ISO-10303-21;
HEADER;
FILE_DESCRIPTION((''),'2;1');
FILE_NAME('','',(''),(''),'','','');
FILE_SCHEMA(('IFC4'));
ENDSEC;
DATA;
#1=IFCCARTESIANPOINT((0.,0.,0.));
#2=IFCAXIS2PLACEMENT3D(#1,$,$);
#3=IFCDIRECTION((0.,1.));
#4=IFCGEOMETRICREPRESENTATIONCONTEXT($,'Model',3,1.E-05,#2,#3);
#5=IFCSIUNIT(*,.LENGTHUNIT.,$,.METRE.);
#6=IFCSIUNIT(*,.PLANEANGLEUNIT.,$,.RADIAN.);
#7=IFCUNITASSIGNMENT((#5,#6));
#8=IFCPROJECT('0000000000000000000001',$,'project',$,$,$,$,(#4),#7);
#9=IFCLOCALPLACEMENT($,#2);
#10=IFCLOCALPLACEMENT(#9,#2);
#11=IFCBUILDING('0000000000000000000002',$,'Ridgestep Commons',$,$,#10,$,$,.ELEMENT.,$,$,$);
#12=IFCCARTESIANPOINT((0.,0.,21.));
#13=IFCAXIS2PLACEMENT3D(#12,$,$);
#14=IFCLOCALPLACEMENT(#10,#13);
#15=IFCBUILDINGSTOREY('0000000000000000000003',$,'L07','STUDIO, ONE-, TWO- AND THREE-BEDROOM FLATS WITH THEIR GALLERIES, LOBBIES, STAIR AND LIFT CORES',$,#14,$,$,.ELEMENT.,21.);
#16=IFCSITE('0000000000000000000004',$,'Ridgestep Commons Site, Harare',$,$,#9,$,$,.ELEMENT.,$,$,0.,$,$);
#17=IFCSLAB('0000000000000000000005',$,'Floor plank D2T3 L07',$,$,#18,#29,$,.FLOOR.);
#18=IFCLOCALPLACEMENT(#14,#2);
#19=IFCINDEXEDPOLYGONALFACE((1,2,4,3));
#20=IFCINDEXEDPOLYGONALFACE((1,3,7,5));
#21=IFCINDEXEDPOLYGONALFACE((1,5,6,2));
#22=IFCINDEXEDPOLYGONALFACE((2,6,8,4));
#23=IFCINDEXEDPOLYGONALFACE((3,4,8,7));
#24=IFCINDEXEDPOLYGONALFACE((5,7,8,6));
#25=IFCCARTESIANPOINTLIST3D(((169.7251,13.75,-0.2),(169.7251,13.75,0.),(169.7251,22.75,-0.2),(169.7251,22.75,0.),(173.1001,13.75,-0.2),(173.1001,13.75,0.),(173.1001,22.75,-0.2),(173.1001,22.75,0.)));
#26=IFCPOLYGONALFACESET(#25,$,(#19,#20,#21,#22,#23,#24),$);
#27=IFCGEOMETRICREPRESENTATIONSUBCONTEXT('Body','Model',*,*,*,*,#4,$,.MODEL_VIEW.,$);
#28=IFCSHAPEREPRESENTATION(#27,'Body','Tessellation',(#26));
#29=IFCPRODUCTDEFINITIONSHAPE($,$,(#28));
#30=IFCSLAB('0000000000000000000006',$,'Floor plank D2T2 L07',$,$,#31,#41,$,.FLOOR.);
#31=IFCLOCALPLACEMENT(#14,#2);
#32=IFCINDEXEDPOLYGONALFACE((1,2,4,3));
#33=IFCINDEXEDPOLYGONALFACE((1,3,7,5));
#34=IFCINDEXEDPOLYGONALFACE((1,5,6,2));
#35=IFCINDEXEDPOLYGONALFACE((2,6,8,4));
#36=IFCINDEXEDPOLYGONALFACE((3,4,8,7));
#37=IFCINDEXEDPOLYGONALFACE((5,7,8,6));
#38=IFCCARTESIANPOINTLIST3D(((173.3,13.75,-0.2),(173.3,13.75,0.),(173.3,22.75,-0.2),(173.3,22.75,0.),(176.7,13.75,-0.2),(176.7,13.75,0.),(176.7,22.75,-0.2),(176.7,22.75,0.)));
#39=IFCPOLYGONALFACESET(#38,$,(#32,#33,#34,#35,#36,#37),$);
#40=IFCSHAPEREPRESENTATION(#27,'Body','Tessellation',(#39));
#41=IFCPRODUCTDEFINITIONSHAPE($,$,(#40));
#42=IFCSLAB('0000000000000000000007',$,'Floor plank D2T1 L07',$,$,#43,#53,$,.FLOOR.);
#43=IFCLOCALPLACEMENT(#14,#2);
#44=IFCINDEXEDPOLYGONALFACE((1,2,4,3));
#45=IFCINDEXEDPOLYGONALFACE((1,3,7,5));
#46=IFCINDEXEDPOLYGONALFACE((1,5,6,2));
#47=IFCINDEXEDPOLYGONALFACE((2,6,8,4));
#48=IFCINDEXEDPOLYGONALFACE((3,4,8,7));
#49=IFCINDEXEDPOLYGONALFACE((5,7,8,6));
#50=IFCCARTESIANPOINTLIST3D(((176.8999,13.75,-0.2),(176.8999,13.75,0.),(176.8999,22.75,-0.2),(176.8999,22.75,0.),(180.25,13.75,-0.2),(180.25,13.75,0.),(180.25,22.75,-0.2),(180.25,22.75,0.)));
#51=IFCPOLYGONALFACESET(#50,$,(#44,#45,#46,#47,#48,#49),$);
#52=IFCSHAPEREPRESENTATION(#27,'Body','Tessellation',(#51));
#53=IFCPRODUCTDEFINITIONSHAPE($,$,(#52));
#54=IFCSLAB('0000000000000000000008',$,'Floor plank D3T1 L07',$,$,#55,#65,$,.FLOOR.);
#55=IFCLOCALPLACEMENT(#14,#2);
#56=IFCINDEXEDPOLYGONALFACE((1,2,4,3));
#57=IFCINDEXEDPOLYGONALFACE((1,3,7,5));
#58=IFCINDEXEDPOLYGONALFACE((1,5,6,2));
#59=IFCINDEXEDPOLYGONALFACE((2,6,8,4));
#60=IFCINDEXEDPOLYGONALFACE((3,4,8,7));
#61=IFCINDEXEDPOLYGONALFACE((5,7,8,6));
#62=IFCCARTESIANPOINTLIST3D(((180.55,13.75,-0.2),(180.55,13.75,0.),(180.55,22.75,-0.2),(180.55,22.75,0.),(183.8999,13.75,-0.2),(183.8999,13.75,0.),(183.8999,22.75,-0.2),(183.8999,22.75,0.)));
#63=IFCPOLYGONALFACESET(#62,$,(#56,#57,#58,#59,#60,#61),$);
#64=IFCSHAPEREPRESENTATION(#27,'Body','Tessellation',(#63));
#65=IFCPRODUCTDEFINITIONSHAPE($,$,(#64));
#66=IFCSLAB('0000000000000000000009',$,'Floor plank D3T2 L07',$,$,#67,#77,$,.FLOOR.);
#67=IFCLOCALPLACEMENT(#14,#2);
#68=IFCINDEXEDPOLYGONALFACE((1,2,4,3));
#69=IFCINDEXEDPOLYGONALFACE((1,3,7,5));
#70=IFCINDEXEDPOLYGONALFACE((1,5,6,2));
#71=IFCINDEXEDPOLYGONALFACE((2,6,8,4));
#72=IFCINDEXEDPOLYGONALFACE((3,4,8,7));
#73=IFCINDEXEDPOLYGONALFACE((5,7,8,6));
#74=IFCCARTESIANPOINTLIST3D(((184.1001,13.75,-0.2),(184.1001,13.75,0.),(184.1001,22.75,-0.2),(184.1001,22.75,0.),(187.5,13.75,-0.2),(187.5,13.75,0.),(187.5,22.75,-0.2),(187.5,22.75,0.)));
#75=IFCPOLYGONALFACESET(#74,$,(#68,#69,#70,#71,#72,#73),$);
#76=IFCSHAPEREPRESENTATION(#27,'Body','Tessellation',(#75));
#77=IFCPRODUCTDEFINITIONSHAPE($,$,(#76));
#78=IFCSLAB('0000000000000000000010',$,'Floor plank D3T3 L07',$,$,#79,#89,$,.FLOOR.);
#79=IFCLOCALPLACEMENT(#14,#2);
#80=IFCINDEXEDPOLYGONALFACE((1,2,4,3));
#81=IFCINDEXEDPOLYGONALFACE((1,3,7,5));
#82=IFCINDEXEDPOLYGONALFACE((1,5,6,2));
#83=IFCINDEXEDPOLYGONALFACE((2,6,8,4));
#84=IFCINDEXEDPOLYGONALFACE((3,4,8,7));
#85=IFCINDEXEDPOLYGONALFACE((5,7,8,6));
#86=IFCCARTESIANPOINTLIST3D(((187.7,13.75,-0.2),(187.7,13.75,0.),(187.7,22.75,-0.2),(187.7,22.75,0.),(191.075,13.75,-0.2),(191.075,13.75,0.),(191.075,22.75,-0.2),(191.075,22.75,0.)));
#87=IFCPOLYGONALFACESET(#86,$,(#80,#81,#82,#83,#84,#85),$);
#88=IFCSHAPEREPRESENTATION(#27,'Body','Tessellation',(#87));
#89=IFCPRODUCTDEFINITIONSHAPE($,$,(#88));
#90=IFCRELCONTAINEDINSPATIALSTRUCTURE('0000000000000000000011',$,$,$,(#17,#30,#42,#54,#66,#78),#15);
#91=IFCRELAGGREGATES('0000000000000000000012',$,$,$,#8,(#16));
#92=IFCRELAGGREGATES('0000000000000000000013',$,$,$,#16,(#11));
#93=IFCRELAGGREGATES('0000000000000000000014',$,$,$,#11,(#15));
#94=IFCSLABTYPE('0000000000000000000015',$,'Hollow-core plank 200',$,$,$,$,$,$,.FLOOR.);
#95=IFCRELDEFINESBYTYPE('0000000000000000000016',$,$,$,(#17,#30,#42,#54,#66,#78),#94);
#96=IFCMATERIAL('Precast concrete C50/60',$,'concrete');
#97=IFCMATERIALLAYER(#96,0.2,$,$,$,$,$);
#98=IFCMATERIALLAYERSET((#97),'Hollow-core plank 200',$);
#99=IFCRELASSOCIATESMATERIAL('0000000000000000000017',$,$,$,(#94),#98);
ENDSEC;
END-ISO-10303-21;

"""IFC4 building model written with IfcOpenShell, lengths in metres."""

from ifc_helpers import new_model, si_unit, direction, frame, origin, place, context, subcontext, project, spatial, polyline, outline, extrude, material, layer, layer_set, type_object, element, save


model = new_model("IFC4")

# Units and contexts
model_context = context("Model", 3, precision=1e-05, world=origin(), true_north=direction((0.0, 1.0)))
body_context = subcontext(model_context, "Body", "Model", "MODEL_VIEW")
ifc_project = project(units=[si_unit("LENGTHUNIT", "METRE"), si_unit("PLANEANGLEUNIT", "RADIAN")], contexts=[model_context])

# Site, building, storey
site_placement = place(None, origin())
site = spatial("IfcSite", under=ifc_project, at=site_placement, Name="Ridgestep Commons Site, Harare", CompositionType="ELEMENT", RefElevation=0.0)
building_placement = place(site_placement, origin())
building = spatial("IfcBuilding", under=site, at=building_placement, Name="Ridgestep Commons", CompositionType="ELEMENT")
storey_placement = place(building_placement, frame((0.0, 0.0, 21.0)))
storey = spatial("IfcBuildingStorey", under=building, at=storey_placement, Name="L07", Description="STUDIO, ONE-, TWO- AND THREE-BEDROOM FLATS WITH THEIR GALLERIES, LOBBIES, STAIR AND LIFT CORES", CompositionType="ELEMENT", Elevation=21.0)

# Slabs
ifc_material_1 = material(Name="Precast concrete C50/60", Category="concrete")
ifc_layer_1 = layer(ifc_material_1, 0.2)
ifc_layer_set_1 = layer_set([ifc_layer_1], Name="Hollow-core plank 200")
slab_type_1 = type_object("IfcSlabType", Name="Hollow-core plank 200", PredefinedType="FLOOR", material=ifc_layer_set_1)
slab_1_placement = place(storey_placement, frame((0.0, 0.0, -0.2)))
element("IfcSlab", 1, at=slab_1_placement, inside=storey, type_object=slab_type_1, Name="Floor plank D2T3 L07", PredefinedType="FLOOR", context=body_context, shape_type="SweptSolid", body=[
    extrude(outline(polyline([(173.1001, 13.75), (173.1001, 22.75), (169.7251, 22.75), (169.7251, 13.75), (173.1001, 13.75)])), origin(), (0.0, 0.0, 1.0), 0.2),
])
slab_2_placement = place(storey_placement, frame((0.0, 0.0, -0.2)))
element("IfcSlab", 2, at=slab_2_placement, inside=storey, type_object=slab_type_1, Name="Floor plank D2T2 L07", PredefinedType="FLOOR", context=body_context, shape_type="SweptSolid", body=[
    extrude(outline(polyline([(176.7, 13.75), (176.7, 22.75), (173.3, 22.75), (173.3, 13.75), (176.7, 13.75)])), origin(), (0.0, 0.0, 1.0), 0.2),
])
slab_3_placement = place(storey_placement, frame((0.0, 0.0, -0.2)))
element("IfcSlab", 3, at=slab_3_placement, inside=storey, type_object=slab_type_1, Name="Floor plank D2T1 L07", PredefinedType="FLOOR", context=body_context, shape_type="SweptSolid", body=[
    extrude(outline(polyline([(180.25, 13.75), (180.25, 22.75), (176.8999, 22.75), (176.8999, 13.75), (180.25, 13.75)])), origin(), (0.0, 0.0, 1.0), 0.2),
])
slab_4_placement = place(storey_placement, frame((0.0, 0.0, -0.2)))
element("IfcSlab", 4, at=slab_4_placement, inside=storey, type_object=slab_type_1, Name="Floor plank D3T1 L07", PredefinedType="FLOOR", context=body_context, shape_type="SweptSolid", body=[
    extrude(outline(polyline([(183.8999, 13.75), (183.8999, 22.75), (180.55, 22.75), (180.55, 13.75), (183.8999, 13.75)])), origin(), (0.0, 0.0, 1.0), 0.2),
])
slab_5_placement = place(storey_placement, frame((0.0, 0.0, -0.2)))
element("IfcSlab", 5, at=slab_5_placement, inside=storey, type_object=slab_type_1, Name="Floor plank D3T2 L07", PredefinedType="FLOOR", context=body_context, shape_type="SweptSolid", body=[
    extrude(outline(polyline([(187.5, 13.75), (187.5, 22.75), (184.1001, 22.75), (184.1001, 13.75), (187.5, 13.75)])), origin(), (0.0, 0.0, 1.0), 0.2),
])
slab_6_placement = place(storey_placement, frame((0.0, 0.0, -0.2)))
element("IfcSlab", 6, at=slab_6_placement, inside=storey, type_object=slab_type_1, Name="Floor plank D3T3 L07", PredefinedType="FLOOR", context=body_context, shape_type="SweptSolid", body=[
    extrude(outline(polyline([(191.075, 13.75), (191.075, 22.75), (187.7, 22.75), (187.7, 13.75), (191.075, 13.75)])), origin(), (0.0, 0.0, 1.0), 0.2),
])

save(model, "model.ifc")
